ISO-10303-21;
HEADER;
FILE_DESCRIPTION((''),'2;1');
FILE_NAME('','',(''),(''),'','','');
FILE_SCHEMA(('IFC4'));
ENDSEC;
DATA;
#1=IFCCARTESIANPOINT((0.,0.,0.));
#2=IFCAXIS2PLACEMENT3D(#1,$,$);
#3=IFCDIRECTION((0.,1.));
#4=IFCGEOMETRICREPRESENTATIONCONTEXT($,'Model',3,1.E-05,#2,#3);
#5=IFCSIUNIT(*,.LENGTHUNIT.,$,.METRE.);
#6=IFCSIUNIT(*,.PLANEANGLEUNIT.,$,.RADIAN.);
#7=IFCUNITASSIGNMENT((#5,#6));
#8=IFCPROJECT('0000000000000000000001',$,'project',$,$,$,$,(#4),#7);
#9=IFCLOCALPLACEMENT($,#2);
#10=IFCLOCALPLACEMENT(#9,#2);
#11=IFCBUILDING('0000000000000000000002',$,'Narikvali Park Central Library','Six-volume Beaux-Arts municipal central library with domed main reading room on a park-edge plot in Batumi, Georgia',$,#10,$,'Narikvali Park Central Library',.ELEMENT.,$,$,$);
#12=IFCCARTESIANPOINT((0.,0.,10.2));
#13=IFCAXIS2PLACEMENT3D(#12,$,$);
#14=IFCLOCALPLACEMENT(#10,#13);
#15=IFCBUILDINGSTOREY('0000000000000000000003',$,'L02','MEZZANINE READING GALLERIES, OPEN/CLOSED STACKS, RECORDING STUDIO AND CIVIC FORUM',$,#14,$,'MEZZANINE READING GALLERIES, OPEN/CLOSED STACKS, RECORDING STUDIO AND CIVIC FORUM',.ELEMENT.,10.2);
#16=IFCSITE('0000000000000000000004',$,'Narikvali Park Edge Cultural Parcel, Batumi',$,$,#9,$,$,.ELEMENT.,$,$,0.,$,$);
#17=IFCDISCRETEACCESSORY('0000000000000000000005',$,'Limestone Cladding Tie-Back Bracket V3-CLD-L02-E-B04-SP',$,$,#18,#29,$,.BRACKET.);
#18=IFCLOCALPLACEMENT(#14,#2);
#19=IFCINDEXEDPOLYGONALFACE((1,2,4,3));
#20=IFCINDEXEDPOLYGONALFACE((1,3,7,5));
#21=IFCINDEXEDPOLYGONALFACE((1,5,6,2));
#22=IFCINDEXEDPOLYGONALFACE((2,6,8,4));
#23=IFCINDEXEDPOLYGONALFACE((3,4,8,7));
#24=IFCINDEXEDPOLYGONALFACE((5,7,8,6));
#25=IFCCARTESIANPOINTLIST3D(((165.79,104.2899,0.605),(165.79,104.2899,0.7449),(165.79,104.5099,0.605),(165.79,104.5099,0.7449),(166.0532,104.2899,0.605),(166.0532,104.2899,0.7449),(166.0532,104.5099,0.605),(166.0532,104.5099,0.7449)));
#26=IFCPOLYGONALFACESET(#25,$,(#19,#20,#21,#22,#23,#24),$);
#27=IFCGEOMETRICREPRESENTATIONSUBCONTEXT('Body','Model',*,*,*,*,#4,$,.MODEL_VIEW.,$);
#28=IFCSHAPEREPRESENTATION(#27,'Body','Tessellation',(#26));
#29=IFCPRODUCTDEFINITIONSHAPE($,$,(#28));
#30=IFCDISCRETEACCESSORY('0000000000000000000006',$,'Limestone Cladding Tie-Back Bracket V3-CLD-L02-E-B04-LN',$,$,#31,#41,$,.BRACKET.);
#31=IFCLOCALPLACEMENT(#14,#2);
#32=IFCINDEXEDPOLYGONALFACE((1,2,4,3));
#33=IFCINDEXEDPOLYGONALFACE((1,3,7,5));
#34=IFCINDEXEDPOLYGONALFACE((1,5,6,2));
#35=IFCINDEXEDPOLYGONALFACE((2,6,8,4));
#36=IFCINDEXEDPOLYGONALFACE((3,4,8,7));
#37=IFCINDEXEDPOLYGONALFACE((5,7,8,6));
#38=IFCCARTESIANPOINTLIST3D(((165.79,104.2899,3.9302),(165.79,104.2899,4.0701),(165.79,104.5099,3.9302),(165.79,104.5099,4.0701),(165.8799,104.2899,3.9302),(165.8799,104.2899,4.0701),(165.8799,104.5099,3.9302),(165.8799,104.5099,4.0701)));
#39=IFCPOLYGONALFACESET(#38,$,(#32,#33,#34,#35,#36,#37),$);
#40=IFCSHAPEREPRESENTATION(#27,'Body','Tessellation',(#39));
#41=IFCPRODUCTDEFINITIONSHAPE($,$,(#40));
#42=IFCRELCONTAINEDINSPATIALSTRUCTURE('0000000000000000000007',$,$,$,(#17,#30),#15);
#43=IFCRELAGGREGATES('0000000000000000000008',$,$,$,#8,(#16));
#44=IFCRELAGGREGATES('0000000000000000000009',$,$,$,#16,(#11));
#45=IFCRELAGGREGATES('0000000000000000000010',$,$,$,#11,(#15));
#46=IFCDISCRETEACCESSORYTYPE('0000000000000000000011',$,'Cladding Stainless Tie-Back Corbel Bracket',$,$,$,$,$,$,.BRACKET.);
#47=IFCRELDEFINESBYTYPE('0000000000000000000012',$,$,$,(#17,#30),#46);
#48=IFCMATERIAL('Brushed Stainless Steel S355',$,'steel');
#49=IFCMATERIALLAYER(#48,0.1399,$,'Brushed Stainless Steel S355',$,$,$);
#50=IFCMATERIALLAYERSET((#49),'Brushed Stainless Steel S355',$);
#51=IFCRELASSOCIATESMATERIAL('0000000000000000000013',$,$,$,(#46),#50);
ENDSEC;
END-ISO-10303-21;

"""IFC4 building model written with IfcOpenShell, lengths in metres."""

from ifc_helpers import new_model, si_unit, direction, frame, origin, origin_2d, place, context, subcontext, project, spatial, rectangle, extrude, material, layer, layer_set, type_object, element, save


model = new_model("IFC4")

# Units and contexts
model_context = context("Model", 3, precision=1e-05, world=origin(), true_north=direction((0.0, 1.0)))
body_context = subcontext(model_context, "Body", "Model", "MODEL_VIEW")
ifc_project = project(units=[si_unit("LENGTHUNIT", "METRE"), si_unit("PLANEANGLEUNIT", "RADIAN")], contexts=[model_context])

# Site, building, storey
site_placement = place(None, origin())
site = spatial("IfcSite", under=ifc_project, at=site_placement, Name="Narikvali Park Edge Cultural Parcel, Batumi", CompositionType="ELEMENT", RefElevation=0.0)
building_placement = place(site_placement, origin())
building = spatial("IfcBuilding", under=site, at=building_placement, Name="Narikvali Park Central Library", Description="Six-volume Beaux-Arts municipal central library with domed main reading room on a park-edge plot in Batumi, Georgia", LongName="Narikvali Park Central Library", CompositionType="ELEMENT")
storey_placement = place(building_placement, frame((0.0, 0.0, 10.2)))
storey = spatial("IfcBuildingStorey", under=building, at=storey_placement, Name="L02", Description="MEZZANINE READING GALLERIES, OPEN/CLOSED STACKS, RECORDING STUDIO AND CIVIC FORUM", LongName="MEZZANINE READING GALLERIES, OPEN/CLOSED STACKS, RECORDING STUDIO AND CIVIC FORUM", CompositionType="ELEMENT", Elevation=10.2)

# Shared definitions
ifc_material_1 = material(Name="Brushed Stainless Steel S355", Category="steel")

# Discrete accessories
ifc_layer_1 = layer(ifc_material_1, 0.1399, Name="Brushed Stainless Steel S355")
ifc_layer_set_1 = layer_set([ifc_layer_1], Name="Brushed Stainless Steel S355")
discrete_accessory_type = type_object("IfcDiscreteAccessoryType", Name="Cladding Stainless Tie-Back Corbel Bracket", PredefinedType="BRACKET", material=ifc_layer_set_1)
discrete_accessory_1_placement = place(storey_placement, frame((165.9216, 104.3999, 0.605), z_axis=(0.0, 0.0, 1.0), x_axis=(1.0, 0.0, 0.0)))
element("IfcDiscreteAccessory", 1, at=discrete_accessory_1_placement, inside=storey, type_object=discrete_accessory_type, Name="Limestone Cladding Tie-Back Bracket V3-CLD-L02-E-B04-SP", PredefinedType="BRACKET", context=body_context, shape_type="SweptSolid", body=[
    extrude(rectangle(XDim=0.2632, YDim=0.22, at=origin_2d()), origin(), (0.0, 0.0, 1.0), 0.1399),
])
discrete_accessory_2_placement = place(storey_placement, frame((165.835, 104.3999, 3.9302), z_axis=(0.0, 0.0, 1.0), x_axis=(1.0, 0.0, 0.0)))
element("IfcDiscreteAccessory", 2, at=discrete_accessory_2_placement, inside=storey, type_object=discrete_accessory_type, Name="Limestone Cladding Tie-Back Bracket V3-CLD-L02-E-B04-LN", PredefinedType="BRACKET", context=body_context, shape_type="SweptSolid", body=[
    extrude(rectangle(XDim=0.0898, YDim=0.22, at=origin_2d()), origin(), (0.0, 0.0, 1.0), 0.1399),
])

save(model, "model.ifc")
